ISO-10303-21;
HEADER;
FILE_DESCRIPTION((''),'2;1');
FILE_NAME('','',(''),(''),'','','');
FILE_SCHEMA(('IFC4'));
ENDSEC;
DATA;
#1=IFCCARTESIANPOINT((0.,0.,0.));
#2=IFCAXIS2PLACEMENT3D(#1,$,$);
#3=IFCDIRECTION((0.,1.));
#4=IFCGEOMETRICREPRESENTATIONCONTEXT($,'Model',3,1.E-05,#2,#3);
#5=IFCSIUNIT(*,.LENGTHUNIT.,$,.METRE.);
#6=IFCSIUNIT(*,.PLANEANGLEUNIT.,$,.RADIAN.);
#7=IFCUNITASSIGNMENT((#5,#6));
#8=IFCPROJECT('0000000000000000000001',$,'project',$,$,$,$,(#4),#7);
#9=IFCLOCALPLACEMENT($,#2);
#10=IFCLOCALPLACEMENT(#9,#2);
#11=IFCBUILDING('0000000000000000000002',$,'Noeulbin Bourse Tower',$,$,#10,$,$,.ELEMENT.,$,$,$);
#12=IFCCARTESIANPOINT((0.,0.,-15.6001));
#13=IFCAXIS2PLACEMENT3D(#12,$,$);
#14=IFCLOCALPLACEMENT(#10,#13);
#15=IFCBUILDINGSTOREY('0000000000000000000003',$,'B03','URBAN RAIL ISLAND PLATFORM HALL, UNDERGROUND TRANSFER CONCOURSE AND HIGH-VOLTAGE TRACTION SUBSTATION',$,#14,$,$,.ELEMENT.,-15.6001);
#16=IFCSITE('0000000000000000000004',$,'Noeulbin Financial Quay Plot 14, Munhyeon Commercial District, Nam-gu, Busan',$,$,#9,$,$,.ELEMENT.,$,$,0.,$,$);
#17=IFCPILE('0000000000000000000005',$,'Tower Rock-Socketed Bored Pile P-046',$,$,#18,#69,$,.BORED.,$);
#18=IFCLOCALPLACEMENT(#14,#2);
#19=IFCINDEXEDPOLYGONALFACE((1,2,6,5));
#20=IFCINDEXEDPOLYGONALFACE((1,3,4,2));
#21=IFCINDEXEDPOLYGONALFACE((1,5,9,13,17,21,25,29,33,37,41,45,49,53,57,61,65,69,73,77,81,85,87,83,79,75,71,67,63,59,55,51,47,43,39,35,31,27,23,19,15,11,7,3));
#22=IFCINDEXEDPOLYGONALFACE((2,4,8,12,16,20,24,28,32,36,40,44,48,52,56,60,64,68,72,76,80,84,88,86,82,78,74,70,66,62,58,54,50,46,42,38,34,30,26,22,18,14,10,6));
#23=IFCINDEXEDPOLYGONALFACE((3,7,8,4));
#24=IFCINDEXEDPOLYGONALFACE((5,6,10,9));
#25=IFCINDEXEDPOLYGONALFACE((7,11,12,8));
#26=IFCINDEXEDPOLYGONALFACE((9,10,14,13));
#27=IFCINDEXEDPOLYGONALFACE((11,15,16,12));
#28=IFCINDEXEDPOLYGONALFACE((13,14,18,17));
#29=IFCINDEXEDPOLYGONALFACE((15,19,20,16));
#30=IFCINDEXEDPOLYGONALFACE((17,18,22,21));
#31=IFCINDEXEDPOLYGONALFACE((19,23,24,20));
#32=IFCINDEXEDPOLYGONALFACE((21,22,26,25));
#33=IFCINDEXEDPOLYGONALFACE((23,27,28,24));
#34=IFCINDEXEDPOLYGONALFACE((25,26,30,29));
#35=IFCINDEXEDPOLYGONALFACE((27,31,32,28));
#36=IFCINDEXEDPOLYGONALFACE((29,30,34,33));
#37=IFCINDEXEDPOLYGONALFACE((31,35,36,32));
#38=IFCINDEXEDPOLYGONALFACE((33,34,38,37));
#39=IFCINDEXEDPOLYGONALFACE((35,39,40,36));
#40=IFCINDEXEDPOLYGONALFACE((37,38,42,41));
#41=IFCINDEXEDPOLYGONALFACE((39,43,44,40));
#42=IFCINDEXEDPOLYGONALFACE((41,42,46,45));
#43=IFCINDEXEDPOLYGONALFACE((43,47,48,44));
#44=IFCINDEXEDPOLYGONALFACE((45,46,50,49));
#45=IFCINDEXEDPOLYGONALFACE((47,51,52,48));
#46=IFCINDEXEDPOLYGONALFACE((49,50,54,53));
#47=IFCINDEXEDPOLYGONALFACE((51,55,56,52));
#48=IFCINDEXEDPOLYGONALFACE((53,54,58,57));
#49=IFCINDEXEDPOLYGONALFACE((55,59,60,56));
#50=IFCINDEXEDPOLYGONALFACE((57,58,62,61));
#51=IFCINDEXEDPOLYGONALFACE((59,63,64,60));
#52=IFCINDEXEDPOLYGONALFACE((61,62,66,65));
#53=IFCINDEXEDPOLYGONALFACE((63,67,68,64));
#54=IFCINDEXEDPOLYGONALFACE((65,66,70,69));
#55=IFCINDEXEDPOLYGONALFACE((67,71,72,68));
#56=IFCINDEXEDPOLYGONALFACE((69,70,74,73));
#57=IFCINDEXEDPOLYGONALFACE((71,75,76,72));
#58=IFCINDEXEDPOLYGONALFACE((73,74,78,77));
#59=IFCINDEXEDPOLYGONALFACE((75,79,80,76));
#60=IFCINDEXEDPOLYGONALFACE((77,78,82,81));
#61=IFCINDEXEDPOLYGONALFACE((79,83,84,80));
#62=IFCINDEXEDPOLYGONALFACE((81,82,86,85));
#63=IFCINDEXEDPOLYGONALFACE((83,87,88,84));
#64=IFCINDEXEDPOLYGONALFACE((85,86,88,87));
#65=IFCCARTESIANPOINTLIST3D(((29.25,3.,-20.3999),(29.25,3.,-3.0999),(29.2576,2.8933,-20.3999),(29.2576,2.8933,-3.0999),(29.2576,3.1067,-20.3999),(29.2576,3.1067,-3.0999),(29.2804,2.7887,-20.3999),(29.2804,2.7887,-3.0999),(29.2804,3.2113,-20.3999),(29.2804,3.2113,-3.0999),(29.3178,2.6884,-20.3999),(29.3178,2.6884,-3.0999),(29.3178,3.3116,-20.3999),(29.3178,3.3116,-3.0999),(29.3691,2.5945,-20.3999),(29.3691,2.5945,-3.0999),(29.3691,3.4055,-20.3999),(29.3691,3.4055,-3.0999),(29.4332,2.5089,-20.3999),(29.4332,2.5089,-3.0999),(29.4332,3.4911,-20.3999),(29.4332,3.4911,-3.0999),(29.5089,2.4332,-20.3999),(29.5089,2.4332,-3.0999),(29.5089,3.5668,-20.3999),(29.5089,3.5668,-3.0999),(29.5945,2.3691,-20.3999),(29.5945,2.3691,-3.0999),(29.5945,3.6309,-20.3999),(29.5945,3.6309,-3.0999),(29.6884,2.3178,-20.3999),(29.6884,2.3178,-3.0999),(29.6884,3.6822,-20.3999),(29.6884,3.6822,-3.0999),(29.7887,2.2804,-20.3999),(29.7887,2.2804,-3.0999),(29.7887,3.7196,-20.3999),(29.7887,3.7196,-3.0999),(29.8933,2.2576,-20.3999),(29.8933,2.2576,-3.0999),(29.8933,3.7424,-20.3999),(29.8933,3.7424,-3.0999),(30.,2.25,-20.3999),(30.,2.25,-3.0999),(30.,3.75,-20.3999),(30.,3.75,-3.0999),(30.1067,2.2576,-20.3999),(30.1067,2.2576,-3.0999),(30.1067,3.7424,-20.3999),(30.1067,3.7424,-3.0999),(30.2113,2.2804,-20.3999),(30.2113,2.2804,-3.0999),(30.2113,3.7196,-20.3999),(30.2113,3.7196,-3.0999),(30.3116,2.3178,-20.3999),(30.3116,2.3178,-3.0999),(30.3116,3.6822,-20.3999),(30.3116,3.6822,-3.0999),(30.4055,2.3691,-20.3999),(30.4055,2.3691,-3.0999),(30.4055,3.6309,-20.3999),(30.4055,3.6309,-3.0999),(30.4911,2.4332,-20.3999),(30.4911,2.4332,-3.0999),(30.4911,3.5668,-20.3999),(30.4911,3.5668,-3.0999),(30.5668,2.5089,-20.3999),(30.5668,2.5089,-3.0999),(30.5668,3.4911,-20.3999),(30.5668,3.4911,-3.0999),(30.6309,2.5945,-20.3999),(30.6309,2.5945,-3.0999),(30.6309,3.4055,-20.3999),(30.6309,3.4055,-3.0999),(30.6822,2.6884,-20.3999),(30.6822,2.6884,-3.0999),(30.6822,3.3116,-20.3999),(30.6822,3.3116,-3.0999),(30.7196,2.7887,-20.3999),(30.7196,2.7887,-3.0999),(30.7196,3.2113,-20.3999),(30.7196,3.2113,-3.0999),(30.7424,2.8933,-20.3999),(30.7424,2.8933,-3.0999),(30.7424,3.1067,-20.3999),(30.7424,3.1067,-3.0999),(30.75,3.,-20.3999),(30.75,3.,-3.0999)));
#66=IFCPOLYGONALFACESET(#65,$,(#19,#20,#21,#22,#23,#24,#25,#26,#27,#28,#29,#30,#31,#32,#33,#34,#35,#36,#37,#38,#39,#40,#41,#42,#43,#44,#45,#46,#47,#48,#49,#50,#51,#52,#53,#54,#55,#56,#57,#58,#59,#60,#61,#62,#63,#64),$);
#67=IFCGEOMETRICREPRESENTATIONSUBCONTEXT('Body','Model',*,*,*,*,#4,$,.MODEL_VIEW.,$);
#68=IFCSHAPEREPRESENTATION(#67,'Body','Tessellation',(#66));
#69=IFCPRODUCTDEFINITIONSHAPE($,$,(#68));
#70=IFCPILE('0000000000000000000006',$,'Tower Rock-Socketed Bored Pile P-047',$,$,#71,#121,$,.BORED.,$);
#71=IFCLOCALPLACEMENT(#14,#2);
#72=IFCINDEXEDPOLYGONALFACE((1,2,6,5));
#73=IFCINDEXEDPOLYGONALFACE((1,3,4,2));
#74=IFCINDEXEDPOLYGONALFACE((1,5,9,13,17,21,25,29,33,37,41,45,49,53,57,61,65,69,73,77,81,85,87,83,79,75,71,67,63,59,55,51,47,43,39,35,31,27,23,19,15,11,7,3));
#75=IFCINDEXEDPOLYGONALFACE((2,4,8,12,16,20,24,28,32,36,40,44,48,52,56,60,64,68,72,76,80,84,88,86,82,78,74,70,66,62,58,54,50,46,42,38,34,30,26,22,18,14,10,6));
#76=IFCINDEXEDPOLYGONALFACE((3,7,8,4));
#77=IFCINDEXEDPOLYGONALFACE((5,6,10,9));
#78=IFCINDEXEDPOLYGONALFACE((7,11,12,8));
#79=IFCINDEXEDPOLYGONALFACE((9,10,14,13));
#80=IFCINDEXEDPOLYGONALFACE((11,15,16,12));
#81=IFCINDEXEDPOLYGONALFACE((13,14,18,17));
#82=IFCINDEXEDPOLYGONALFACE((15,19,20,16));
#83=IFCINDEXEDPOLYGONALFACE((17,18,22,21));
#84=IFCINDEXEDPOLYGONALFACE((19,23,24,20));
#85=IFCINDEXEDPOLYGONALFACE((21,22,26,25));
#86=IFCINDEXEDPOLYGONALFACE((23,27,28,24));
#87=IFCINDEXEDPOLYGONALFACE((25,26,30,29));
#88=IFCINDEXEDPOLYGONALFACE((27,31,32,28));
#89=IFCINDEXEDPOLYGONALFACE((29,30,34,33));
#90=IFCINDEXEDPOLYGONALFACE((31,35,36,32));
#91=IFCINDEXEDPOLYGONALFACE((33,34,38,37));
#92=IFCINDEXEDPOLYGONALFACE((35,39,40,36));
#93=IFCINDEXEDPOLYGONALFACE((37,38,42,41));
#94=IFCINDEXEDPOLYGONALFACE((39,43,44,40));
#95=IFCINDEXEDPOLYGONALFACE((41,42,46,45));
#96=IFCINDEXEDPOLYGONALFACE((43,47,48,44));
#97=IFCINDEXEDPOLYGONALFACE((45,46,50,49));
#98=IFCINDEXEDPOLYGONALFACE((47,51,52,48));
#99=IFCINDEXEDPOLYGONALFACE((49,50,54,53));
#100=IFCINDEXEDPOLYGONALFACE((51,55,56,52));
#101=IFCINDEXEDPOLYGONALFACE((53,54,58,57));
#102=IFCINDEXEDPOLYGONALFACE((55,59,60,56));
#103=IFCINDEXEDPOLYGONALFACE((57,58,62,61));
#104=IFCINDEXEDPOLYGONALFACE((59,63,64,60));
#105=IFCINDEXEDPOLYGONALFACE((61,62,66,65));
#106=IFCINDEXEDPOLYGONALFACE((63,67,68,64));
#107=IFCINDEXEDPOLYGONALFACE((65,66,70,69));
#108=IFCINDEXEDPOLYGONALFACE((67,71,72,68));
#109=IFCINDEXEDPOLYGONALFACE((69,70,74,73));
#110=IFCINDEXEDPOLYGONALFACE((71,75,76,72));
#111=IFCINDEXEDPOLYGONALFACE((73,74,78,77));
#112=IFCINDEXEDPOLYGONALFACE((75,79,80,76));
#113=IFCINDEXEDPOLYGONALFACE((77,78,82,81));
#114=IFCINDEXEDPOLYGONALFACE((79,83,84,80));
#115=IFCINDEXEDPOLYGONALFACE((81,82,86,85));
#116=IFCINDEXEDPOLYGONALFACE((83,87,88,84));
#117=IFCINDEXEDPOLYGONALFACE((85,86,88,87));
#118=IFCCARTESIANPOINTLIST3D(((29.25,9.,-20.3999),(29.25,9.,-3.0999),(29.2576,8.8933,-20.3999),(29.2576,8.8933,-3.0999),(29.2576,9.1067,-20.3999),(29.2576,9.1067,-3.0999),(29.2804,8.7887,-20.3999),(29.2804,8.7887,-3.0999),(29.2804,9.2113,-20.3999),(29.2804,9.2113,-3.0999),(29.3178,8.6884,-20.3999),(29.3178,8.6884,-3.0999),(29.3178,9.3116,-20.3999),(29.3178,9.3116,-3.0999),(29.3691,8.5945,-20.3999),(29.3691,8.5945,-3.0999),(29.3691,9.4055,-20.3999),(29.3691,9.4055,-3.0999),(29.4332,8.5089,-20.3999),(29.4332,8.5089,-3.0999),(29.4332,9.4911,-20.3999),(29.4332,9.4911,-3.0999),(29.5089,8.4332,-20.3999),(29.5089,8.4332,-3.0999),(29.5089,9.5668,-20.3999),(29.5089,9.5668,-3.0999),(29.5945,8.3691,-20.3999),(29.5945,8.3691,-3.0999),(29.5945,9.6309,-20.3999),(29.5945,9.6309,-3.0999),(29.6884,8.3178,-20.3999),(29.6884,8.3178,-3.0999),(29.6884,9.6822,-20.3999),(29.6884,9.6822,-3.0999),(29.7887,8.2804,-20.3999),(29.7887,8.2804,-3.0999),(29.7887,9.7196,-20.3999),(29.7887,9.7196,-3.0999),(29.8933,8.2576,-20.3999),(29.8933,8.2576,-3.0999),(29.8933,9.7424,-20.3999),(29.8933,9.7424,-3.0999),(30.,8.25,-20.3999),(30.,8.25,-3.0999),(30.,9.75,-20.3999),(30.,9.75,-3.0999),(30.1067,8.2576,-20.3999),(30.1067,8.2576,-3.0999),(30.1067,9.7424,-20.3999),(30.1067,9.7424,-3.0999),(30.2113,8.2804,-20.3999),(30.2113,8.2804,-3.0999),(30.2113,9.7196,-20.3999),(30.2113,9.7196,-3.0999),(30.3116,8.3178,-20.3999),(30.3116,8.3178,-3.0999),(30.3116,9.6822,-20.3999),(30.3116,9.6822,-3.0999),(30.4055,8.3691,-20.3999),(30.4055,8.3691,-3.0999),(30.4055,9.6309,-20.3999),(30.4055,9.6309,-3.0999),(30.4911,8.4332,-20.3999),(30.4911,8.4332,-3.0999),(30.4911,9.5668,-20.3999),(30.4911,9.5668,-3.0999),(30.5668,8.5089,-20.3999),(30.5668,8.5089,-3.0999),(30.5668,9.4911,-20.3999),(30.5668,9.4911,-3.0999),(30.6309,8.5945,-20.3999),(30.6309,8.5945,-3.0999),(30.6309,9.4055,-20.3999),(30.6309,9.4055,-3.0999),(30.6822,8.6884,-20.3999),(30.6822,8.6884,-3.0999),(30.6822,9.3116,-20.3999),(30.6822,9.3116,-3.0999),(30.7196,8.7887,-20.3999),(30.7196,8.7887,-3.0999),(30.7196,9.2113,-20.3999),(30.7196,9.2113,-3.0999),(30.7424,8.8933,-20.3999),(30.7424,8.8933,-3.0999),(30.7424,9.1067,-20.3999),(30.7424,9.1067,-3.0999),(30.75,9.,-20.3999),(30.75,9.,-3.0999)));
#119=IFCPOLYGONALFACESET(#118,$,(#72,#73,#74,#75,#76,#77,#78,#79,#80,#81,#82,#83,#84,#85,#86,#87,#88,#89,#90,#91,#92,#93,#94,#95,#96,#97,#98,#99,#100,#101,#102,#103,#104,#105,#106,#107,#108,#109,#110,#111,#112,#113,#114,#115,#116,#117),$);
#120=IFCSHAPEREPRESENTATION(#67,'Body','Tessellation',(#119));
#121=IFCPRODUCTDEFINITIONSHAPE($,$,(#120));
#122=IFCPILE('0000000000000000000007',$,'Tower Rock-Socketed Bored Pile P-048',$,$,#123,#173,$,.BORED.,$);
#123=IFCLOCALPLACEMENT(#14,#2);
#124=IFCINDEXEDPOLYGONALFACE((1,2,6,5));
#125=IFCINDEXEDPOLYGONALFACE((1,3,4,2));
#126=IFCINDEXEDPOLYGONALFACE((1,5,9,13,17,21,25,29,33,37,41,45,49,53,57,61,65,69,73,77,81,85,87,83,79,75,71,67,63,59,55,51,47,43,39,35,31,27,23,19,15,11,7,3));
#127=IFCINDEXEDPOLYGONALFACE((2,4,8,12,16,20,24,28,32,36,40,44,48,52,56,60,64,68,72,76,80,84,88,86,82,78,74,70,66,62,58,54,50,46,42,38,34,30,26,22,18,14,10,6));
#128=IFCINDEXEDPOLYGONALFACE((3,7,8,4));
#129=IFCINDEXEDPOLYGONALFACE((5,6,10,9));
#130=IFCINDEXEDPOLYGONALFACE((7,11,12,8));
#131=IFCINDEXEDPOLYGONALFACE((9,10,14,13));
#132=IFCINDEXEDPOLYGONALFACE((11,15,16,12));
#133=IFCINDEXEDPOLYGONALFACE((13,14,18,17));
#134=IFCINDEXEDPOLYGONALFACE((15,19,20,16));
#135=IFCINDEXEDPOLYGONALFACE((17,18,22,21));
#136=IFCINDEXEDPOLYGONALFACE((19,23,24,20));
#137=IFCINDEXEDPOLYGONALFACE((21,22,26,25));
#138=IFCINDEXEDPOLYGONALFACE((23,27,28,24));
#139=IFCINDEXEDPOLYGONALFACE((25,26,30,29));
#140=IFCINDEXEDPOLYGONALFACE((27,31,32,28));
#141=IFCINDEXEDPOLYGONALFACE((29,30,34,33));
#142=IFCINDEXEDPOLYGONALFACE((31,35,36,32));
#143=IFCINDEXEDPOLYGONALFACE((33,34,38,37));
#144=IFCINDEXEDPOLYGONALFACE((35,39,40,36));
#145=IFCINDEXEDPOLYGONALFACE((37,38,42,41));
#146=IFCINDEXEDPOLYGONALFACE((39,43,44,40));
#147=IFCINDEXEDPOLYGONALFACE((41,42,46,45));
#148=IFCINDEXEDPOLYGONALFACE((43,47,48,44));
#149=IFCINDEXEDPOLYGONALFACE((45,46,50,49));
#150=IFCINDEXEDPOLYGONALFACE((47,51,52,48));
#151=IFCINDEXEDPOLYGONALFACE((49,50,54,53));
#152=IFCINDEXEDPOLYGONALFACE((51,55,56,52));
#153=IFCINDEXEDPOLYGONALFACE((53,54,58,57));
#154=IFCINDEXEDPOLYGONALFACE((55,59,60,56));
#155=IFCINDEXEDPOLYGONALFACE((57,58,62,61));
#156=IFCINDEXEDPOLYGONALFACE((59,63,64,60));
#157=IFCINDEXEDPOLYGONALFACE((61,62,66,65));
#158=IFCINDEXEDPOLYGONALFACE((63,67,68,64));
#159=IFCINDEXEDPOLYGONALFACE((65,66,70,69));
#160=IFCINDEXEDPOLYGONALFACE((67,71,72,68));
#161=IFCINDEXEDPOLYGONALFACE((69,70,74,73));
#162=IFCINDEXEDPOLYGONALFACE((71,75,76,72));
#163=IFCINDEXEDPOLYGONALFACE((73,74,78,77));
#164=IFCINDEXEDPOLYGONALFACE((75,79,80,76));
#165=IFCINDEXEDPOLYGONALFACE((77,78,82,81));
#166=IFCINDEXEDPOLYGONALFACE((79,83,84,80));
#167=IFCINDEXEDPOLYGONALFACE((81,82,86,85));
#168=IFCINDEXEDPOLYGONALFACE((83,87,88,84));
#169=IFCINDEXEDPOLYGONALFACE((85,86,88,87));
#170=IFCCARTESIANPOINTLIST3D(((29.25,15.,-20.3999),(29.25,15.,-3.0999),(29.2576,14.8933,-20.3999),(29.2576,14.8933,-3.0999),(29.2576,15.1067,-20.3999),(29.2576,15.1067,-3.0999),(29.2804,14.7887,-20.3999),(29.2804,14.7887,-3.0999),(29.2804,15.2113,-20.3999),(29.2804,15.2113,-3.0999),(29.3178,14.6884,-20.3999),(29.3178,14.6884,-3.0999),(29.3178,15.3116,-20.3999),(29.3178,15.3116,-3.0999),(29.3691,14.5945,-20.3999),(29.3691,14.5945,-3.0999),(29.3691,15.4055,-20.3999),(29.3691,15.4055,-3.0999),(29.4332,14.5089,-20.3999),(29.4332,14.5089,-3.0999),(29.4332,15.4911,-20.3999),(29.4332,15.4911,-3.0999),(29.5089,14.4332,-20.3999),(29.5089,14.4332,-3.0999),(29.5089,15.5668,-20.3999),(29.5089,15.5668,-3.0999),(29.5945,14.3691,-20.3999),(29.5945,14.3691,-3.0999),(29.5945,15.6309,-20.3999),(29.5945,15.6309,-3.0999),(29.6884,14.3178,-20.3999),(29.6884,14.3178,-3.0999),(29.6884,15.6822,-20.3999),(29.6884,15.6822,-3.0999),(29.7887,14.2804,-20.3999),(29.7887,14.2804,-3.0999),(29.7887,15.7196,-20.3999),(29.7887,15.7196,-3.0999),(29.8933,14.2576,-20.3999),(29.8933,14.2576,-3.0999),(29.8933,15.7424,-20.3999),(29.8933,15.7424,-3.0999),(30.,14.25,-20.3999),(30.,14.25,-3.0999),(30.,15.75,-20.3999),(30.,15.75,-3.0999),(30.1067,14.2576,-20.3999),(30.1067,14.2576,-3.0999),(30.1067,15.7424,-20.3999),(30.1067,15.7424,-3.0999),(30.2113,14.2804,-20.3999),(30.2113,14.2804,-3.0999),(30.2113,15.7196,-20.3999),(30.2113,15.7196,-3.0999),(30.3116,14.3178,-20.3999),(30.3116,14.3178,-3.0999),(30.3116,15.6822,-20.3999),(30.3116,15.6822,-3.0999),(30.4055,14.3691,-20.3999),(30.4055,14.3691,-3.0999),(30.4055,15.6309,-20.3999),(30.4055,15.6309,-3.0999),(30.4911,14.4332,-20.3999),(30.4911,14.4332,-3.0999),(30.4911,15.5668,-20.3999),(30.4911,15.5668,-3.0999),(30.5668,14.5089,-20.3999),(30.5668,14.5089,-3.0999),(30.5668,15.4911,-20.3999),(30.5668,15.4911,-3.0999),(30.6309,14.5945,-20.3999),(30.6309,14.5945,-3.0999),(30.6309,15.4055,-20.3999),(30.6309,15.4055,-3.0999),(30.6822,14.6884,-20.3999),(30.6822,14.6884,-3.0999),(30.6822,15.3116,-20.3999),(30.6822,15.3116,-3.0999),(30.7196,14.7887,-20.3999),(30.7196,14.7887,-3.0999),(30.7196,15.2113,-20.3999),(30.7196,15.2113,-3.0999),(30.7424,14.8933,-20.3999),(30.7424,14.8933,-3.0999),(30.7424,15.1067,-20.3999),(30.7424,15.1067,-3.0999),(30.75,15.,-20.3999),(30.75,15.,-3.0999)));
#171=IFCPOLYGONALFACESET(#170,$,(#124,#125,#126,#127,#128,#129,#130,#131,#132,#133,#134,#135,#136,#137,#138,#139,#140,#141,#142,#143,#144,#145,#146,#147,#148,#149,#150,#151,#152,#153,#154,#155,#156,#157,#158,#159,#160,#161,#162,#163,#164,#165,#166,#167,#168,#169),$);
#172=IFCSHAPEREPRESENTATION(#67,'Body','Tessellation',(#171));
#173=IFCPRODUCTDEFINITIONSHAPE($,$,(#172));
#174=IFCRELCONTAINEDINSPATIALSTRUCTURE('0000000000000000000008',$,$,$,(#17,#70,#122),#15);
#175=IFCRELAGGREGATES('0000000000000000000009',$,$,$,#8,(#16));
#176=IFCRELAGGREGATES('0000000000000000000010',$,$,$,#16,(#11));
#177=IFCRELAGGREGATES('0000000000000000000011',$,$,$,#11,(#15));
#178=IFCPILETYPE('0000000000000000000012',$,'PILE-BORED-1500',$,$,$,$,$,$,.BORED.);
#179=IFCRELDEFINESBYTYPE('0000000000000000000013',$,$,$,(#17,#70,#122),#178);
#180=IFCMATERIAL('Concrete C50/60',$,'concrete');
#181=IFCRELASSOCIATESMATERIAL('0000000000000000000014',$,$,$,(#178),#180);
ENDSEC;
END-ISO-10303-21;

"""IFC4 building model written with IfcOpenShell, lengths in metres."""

from ifc_helpers import new_model, si_unit, direction, frame, origin, origin_2d, place, context, subcontext, project, spatial, circle, extrude, material, material_profile, profile_set, type_object, element, save


model = new_model("IFC4")

# Units and contexts
model_context = context("Model", 3, precision=1e-05, world=origin(), true_north=direction((0.0, 1.0)))
body_context = subcontext(model_context, "Body", "Model", "MODEL_VIEW")
ifc_project = project(units=[si_unit("LENGTHUNIT", "METRE"), si_unit("PLANEANGLEUNIT", "RADIAN")], contexts=[model_context])

# Site, building, storey
site_placement = place(None, origin())
site = spatial("IfcSite", under=ifc_project, at=site_placement, Name="Noeulbin Financial Quay Plot 14, Munhyeon Commercial District, Nam-gu, Busan", CompositionType="ELEMENT", RefElevation=0.0)
building_placement = place(site_placement, origin())
building = spatial("IfcBuilding", under=site, at=building_placement, Name="Noeulbin Bourse Tower", CompositionType="ELEMENT")
storey_placement = place(building_placement, frame((0.0, 0.0, -15.6001)))
storey = spatial("IfcBuildingStorey", under=building, at=storey_placement, Name="B03", Description="URBAN RAIL ISLAND PLATFORM HALL, UNDERGROUND TRANSFER CONCOURSE AND HIGH-VOLTAGE TRACTION SUBSTATION", CompositionType="ELEMENT", Elevation=-15.6001)

# Piles
ifc_material_1 = material(Name="Concrete C50/60", Category="concrete")
ifc_material_profile_1 = material_profile(ifc_material_1, circle(Radius=0.75, at=origin_2d()), Name="PILE-D1500", Category="LoadBearing")
ifc_profile_set_1 = profile_set([ifc_material_profile_1], Name="Concrete C50/60")
pile_type = type_object("IfcPileType", Name="PILE-BORED-1500", PredefinedType="BORED", material=ifc_profile_set_1)
for number, where, z_axis, x_axis, name in (
    (1, (30.0, 3.0, -3.0999), (0.0, 0.0, -1.0), (1.0, 0.0, 0.0), "Tower Rock-Socketed Bored Pile P-046"),
    (2, (30.0, 9.0, -3.0999), (0.0, 0.0, -1.0), (1.0, 0.0, 0.0), "Tower Rock-Socketed Bored Pile P-047"),
    (3, (30.0, 15.0, -3.0999), (0.0, 0.0, -1.0), (1.0, 0.0, 0.0), "Tower Rock-Socketed Bored Pile P-048"),
):
    element("IfcPile", number, at=place(storey_placement, frame(where, z_axis=z_axis, x_axis=x_axis)), inside=storey, type_object=pile_type, Name=name, PredefinedType="BORED", context=body_context, shape_type="SweptSolid", body=[
        extrude(circle(Radius=0.75, at=origin_2d()), origin(), (0.0, 0.0, 1.0), 17.3),
    ])

save(model, "model.ifc")
